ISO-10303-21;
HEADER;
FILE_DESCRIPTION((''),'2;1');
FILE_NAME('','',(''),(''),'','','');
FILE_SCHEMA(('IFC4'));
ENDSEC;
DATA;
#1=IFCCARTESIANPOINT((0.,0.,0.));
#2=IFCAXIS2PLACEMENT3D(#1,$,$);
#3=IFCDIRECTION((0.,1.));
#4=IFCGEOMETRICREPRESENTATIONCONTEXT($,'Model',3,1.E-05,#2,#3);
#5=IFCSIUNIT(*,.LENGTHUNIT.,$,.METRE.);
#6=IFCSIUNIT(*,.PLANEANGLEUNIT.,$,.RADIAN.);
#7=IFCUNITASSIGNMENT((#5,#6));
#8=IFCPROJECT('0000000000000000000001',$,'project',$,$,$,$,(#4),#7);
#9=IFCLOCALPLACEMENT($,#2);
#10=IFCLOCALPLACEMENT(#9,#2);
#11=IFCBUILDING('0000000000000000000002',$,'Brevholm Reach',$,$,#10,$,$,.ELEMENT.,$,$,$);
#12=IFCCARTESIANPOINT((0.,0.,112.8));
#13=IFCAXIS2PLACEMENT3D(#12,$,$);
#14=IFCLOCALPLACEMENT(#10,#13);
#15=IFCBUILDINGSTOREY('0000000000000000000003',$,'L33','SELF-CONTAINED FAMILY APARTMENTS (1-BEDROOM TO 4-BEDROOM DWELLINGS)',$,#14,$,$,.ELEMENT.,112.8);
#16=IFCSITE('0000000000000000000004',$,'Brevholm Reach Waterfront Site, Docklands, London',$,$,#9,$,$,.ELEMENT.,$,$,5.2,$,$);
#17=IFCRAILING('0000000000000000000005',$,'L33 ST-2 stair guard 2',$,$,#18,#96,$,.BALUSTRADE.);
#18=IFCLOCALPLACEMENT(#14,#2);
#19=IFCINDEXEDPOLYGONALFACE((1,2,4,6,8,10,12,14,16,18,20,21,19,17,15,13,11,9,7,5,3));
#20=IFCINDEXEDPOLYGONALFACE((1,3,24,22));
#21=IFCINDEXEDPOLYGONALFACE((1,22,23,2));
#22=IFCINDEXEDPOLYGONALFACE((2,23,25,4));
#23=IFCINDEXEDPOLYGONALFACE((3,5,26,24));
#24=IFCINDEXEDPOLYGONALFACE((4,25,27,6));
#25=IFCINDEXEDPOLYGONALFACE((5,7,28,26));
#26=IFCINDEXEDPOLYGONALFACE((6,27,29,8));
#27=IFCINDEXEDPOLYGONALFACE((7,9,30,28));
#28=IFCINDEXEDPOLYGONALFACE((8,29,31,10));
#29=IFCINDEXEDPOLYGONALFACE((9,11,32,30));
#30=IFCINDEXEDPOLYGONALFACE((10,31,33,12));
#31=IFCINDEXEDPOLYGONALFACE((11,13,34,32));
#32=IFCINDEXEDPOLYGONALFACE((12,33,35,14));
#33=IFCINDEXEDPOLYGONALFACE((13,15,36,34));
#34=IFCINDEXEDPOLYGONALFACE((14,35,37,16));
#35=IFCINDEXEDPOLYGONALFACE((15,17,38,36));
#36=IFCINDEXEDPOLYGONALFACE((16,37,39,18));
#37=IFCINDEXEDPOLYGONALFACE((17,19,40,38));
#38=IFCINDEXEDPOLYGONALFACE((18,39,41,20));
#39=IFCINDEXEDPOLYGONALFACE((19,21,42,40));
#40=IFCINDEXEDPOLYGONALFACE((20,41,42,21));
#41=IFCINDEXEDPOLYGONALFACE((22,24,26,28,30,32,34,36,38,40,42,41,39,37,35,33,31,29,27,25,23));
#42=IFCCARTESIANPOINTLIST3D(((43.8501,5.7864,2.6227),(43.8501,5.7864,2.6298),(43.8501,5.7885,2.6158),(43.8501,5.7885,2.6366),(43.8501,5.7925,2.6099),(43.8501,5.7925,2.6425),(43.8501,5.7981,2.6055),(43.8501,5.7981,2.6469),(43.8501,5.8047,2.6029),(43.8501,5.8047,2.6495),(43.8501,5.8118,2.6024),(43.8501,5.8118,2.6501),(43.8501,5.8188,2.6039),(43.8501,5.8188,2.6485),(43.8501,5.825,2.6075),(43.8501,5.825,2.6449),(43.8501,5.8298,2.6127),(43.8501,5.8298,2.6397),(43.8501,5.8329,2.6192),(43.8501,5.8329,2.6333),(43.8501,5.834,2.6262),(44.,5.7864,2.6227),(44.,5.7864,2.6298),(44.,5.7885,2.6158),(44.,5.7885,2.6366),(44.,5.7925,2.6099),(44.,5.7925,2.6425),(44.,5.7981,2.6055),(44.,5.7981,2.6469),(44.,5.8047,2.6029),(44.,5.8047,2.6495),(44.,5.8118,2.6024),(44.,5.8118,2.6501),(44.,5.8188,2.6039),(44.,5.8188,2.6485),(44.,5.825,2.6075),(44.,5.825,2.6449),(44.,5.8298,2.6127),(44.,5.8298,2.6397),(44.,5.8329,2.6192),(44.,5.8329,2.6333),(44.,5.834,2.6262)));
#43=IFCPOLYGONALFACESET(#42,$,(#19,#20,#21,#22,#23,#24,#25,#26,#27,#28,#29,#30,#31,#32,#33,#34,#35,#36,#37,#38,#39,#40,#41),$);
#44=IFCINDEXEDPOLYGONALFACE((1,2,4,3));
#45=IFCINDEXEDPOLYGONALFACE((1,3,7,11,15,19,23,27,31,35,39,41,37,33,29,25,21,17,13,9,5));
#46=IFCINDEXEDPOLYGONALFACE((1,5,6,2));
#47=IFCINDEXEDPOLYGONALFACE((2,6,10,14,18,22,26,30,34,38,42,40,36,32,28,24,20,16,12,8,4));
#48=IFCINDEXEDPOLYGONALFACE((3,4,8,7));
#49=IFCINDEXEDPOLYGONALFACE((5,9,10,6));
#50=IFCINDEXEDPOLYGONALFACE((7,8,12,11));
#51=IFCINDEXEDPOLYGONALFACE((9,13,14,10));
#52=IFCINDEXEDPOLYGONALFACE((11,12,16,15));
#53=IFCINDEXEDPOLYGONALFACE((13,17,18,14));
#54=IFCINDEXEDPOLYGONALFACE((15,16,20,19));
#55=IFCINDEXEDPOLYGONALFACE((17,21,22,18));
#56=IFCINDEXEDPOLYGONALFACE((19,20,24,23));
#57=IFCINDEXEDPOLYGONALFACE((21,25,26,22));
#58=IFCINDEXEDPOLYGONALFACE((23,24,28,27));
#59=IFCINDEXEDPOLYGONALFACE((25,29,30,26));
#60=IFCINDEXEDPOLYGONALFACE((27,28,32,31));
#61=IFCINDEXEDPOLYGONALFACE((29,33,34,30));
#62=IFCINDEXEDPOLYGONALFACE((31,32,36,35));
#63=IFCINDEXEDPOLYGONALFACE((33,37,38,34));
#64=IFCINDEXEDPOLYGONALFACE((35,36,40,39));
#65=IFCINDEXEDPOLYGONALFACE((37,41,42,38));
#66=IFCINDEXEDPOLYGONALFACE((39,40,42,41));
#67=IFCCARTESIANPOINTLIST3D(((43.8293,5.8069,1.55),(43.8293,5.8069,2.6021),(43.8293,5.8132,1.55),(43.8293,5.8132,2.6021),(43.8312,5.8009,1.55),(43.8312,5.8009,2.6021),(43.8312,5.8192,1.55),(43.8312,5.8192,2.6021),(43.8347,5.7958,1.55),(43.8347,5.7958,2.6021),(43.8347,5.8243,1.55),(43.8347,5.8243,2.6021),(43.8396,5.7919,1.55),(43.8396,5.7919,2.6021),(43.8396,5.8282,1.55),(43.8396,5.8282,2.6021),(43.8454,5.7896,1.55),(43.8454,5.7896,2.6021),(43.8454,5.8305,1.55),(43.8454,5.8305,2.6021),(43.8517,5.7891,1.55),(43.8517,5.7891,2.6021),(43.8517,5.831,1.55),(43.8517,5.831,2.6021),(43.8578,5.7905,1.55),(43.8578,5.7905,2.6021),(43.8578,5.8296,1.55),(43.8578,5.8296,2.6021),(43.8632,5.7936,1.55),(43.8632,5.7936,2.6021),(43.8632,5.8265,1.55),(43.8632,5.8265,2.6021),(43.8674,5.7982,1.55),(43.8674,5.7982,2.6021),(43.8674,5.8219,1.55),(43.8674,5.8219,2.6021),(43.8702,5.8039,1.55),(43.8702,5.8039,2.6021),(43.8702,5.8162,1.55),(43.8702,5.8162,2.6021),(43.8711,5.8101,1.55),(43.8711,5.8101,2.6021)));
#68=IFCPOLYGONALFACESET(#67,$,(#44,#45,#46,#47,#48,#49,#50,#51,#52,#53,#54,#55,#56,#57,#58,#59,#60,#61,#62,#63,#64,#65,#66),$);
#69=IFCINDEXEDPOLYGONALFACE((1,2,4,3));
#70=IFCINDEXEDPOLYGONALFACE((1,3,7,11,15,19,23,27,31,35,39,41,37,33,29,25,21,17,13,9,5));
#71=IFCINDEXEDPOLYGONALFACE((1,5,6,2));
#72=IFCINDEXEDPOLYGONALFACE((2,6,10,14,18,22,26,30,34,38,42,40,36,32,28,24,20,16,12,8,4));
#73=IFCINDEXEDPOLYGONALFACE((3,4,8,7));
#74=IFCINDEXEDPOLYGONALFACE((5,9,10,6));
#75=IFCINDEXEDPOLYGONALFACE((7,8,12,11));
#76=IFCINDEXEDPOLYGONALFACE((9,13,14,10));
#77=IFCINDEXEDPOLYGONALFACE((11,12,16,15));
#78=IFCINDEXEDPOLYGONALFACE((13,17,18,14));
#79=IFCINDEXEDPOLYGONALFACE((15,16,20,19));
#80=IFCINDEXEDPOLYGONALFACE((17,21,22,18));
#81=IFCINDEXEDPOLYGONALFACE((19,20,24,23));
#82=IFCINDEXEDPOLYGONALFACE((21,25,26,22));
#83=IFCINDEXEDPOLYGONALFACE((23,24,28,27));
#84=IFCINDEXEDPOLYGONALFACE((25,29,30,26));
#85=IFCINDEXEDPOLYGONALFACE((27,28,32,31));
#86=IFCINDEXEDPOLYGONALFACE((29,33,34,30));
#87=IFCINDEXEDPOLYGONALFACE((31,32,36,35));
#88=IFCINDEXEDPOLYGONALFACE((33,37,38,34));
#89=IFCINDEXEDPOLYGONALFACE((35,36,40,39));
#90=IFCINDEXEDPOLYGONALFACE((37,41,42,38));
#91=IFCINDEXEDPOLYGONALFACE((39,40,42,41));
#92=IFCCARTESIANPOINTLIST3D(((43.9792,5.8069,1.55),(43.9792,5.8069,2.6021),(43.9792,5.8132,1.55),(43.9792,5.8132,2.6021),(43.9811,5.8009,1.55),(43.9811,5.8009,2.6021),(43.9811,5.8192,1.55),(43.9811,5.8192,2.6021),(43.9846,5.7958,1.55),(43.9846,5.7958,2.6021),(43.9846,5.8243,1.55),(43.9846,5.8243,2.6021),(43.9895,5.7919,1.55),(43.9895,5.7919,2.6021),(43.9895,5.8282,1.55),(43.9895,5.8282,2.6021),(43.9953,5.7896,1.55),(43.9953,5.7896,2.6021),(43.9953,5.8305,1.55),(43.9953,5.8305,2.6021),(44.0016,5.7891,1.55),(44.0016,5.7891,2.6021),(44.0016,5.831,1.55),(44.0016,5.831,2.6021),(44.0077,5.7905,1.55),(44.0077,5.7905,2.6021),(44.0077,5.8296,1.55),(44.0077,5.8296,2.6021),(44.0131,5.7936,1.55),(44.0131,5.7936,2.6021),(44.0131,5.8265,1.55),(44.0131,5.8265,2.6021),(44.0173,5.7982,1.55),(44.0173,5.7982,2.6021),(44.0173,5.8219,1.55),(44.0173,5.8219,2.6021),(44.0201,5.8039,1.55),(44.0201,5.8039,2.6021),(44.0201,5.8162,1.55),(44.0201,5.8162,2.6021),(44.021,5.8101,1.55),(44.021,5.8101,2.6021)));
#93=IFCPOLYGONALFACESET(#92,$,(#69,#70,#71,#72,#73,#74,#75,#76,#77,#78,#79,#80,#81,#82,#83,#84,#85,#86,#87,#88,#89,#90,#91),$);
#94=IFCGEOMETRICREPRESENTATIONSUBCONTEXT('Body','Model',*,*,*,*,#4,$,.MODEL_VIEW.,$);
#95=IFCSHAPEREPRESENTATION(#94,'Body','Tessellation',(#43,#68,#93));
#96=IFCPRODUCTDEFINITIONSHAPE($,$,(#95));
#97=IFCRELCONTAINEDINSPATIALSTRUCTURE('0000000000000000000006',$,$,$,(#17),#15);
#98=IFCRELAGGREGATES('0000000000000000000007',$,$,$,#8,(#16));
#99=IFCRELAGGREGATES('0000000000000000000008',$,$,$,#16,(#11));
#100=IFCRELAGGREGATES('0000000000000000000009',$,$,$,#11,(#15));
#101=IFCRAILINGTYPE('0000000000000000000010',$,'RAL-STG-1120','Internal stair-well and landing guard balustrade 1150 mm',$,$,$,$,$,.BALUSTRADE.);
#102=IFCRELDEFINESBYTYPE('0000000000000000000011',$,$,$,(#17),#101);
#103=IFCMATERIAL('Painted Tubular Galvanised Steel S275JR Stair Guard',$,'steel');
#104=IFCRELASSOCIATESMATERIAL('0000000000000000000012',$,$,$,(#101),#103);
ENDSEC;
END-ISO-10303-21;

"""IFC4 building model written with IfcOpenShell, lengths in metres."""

from ifc_helpers import new_model, si_unit, direction, frame, origin, origin_2d, place, context, subcontext, project, spatial, circle, extrude, material, type_object, element, save


model = new_model("IFC4")

# Units and contexts
model_context = context("Model", 3, precision=1e-05, world=origin(), true_north=direction((0.0, 1.0)))
body_context = subcontext(model_context, "Body", "Model", "MODEL_VIEW")
ifc_project = project(units=[si_unit("LENGTHUNIT", "METRE"), si_unit("PLANEANGLEUNIT", "RADIAN")], contexts=[model_context])

# Site, building, storey
site_placement = place(None, origin())
site = spatial("IfcSite", under=ifc_project, at=site_placement, Name="Brevholm Reach Waterfront Site, Docklands, London", CompositionType="ELEMENT", RefElevation=5.2)
building_placement = place(site_placement, origin())
building = spatial("IfcBuilding", under=site, at=building_placement, Name="Brevholm Reach", CompositionType="ELEMENT")
storey_placement = place(building_placement, frame((0.0, 0.0, 112.8)))
storey = spatial("IfcBuildingStorey", under=building, at=storey_placement, Name="L33", Description="SELF-CONTAINED FAMILY APARTMENTS (1-BEDROOM TO 4-BEDROOM DWELLINGS)", CompositionType="ELEMENT", Elevation=112.8)

# Railing
ifc_material_1 = material(Name="Painted Tubular Galvanised Steel S275JR Stair Guard", Category="steel")
railing_type_1 = type_object("IfcRailingType", Name="RAL-STG-1120", Description="Internal stair-well and landing guard balustrade 1150 mm", PredefinedType="BALUSTRADE", material=ifc_material_1)
railing_1_placement = place(storey_placement, frame((43.8501, 5.8101, 1.55)))
element("IfcRailing", 1, at=railing_1_placement, inside=storey, type_object=railing_type_1, Name="L33 ST-2 stair guard 2", PredefinedType="BALUSTRADE", context=body_context, shape_type="SweptSolid", body=[
    extrude(circle(Radius=0.0239, at=origin_2d()), frame((0.0, 0.0, 1.0762), z_axis=(1.0, 0.0, 0.0), x_axis=(0.0, 1.0, 0.0)), (0.0, 0.0, 1.0), 0.1499),
    extrude(circle(Radius=0.021, at=origin_2d()), origin(), (0.0, 0.0, 1.0), 1.052),
    extrude(circle(Radius=0.021, at=origin_2d()), frame((0.1499, 0.0, 0.0)), (0.0, 0.0, 1.0), 1.052),
])

save(model, "model.ifc")
